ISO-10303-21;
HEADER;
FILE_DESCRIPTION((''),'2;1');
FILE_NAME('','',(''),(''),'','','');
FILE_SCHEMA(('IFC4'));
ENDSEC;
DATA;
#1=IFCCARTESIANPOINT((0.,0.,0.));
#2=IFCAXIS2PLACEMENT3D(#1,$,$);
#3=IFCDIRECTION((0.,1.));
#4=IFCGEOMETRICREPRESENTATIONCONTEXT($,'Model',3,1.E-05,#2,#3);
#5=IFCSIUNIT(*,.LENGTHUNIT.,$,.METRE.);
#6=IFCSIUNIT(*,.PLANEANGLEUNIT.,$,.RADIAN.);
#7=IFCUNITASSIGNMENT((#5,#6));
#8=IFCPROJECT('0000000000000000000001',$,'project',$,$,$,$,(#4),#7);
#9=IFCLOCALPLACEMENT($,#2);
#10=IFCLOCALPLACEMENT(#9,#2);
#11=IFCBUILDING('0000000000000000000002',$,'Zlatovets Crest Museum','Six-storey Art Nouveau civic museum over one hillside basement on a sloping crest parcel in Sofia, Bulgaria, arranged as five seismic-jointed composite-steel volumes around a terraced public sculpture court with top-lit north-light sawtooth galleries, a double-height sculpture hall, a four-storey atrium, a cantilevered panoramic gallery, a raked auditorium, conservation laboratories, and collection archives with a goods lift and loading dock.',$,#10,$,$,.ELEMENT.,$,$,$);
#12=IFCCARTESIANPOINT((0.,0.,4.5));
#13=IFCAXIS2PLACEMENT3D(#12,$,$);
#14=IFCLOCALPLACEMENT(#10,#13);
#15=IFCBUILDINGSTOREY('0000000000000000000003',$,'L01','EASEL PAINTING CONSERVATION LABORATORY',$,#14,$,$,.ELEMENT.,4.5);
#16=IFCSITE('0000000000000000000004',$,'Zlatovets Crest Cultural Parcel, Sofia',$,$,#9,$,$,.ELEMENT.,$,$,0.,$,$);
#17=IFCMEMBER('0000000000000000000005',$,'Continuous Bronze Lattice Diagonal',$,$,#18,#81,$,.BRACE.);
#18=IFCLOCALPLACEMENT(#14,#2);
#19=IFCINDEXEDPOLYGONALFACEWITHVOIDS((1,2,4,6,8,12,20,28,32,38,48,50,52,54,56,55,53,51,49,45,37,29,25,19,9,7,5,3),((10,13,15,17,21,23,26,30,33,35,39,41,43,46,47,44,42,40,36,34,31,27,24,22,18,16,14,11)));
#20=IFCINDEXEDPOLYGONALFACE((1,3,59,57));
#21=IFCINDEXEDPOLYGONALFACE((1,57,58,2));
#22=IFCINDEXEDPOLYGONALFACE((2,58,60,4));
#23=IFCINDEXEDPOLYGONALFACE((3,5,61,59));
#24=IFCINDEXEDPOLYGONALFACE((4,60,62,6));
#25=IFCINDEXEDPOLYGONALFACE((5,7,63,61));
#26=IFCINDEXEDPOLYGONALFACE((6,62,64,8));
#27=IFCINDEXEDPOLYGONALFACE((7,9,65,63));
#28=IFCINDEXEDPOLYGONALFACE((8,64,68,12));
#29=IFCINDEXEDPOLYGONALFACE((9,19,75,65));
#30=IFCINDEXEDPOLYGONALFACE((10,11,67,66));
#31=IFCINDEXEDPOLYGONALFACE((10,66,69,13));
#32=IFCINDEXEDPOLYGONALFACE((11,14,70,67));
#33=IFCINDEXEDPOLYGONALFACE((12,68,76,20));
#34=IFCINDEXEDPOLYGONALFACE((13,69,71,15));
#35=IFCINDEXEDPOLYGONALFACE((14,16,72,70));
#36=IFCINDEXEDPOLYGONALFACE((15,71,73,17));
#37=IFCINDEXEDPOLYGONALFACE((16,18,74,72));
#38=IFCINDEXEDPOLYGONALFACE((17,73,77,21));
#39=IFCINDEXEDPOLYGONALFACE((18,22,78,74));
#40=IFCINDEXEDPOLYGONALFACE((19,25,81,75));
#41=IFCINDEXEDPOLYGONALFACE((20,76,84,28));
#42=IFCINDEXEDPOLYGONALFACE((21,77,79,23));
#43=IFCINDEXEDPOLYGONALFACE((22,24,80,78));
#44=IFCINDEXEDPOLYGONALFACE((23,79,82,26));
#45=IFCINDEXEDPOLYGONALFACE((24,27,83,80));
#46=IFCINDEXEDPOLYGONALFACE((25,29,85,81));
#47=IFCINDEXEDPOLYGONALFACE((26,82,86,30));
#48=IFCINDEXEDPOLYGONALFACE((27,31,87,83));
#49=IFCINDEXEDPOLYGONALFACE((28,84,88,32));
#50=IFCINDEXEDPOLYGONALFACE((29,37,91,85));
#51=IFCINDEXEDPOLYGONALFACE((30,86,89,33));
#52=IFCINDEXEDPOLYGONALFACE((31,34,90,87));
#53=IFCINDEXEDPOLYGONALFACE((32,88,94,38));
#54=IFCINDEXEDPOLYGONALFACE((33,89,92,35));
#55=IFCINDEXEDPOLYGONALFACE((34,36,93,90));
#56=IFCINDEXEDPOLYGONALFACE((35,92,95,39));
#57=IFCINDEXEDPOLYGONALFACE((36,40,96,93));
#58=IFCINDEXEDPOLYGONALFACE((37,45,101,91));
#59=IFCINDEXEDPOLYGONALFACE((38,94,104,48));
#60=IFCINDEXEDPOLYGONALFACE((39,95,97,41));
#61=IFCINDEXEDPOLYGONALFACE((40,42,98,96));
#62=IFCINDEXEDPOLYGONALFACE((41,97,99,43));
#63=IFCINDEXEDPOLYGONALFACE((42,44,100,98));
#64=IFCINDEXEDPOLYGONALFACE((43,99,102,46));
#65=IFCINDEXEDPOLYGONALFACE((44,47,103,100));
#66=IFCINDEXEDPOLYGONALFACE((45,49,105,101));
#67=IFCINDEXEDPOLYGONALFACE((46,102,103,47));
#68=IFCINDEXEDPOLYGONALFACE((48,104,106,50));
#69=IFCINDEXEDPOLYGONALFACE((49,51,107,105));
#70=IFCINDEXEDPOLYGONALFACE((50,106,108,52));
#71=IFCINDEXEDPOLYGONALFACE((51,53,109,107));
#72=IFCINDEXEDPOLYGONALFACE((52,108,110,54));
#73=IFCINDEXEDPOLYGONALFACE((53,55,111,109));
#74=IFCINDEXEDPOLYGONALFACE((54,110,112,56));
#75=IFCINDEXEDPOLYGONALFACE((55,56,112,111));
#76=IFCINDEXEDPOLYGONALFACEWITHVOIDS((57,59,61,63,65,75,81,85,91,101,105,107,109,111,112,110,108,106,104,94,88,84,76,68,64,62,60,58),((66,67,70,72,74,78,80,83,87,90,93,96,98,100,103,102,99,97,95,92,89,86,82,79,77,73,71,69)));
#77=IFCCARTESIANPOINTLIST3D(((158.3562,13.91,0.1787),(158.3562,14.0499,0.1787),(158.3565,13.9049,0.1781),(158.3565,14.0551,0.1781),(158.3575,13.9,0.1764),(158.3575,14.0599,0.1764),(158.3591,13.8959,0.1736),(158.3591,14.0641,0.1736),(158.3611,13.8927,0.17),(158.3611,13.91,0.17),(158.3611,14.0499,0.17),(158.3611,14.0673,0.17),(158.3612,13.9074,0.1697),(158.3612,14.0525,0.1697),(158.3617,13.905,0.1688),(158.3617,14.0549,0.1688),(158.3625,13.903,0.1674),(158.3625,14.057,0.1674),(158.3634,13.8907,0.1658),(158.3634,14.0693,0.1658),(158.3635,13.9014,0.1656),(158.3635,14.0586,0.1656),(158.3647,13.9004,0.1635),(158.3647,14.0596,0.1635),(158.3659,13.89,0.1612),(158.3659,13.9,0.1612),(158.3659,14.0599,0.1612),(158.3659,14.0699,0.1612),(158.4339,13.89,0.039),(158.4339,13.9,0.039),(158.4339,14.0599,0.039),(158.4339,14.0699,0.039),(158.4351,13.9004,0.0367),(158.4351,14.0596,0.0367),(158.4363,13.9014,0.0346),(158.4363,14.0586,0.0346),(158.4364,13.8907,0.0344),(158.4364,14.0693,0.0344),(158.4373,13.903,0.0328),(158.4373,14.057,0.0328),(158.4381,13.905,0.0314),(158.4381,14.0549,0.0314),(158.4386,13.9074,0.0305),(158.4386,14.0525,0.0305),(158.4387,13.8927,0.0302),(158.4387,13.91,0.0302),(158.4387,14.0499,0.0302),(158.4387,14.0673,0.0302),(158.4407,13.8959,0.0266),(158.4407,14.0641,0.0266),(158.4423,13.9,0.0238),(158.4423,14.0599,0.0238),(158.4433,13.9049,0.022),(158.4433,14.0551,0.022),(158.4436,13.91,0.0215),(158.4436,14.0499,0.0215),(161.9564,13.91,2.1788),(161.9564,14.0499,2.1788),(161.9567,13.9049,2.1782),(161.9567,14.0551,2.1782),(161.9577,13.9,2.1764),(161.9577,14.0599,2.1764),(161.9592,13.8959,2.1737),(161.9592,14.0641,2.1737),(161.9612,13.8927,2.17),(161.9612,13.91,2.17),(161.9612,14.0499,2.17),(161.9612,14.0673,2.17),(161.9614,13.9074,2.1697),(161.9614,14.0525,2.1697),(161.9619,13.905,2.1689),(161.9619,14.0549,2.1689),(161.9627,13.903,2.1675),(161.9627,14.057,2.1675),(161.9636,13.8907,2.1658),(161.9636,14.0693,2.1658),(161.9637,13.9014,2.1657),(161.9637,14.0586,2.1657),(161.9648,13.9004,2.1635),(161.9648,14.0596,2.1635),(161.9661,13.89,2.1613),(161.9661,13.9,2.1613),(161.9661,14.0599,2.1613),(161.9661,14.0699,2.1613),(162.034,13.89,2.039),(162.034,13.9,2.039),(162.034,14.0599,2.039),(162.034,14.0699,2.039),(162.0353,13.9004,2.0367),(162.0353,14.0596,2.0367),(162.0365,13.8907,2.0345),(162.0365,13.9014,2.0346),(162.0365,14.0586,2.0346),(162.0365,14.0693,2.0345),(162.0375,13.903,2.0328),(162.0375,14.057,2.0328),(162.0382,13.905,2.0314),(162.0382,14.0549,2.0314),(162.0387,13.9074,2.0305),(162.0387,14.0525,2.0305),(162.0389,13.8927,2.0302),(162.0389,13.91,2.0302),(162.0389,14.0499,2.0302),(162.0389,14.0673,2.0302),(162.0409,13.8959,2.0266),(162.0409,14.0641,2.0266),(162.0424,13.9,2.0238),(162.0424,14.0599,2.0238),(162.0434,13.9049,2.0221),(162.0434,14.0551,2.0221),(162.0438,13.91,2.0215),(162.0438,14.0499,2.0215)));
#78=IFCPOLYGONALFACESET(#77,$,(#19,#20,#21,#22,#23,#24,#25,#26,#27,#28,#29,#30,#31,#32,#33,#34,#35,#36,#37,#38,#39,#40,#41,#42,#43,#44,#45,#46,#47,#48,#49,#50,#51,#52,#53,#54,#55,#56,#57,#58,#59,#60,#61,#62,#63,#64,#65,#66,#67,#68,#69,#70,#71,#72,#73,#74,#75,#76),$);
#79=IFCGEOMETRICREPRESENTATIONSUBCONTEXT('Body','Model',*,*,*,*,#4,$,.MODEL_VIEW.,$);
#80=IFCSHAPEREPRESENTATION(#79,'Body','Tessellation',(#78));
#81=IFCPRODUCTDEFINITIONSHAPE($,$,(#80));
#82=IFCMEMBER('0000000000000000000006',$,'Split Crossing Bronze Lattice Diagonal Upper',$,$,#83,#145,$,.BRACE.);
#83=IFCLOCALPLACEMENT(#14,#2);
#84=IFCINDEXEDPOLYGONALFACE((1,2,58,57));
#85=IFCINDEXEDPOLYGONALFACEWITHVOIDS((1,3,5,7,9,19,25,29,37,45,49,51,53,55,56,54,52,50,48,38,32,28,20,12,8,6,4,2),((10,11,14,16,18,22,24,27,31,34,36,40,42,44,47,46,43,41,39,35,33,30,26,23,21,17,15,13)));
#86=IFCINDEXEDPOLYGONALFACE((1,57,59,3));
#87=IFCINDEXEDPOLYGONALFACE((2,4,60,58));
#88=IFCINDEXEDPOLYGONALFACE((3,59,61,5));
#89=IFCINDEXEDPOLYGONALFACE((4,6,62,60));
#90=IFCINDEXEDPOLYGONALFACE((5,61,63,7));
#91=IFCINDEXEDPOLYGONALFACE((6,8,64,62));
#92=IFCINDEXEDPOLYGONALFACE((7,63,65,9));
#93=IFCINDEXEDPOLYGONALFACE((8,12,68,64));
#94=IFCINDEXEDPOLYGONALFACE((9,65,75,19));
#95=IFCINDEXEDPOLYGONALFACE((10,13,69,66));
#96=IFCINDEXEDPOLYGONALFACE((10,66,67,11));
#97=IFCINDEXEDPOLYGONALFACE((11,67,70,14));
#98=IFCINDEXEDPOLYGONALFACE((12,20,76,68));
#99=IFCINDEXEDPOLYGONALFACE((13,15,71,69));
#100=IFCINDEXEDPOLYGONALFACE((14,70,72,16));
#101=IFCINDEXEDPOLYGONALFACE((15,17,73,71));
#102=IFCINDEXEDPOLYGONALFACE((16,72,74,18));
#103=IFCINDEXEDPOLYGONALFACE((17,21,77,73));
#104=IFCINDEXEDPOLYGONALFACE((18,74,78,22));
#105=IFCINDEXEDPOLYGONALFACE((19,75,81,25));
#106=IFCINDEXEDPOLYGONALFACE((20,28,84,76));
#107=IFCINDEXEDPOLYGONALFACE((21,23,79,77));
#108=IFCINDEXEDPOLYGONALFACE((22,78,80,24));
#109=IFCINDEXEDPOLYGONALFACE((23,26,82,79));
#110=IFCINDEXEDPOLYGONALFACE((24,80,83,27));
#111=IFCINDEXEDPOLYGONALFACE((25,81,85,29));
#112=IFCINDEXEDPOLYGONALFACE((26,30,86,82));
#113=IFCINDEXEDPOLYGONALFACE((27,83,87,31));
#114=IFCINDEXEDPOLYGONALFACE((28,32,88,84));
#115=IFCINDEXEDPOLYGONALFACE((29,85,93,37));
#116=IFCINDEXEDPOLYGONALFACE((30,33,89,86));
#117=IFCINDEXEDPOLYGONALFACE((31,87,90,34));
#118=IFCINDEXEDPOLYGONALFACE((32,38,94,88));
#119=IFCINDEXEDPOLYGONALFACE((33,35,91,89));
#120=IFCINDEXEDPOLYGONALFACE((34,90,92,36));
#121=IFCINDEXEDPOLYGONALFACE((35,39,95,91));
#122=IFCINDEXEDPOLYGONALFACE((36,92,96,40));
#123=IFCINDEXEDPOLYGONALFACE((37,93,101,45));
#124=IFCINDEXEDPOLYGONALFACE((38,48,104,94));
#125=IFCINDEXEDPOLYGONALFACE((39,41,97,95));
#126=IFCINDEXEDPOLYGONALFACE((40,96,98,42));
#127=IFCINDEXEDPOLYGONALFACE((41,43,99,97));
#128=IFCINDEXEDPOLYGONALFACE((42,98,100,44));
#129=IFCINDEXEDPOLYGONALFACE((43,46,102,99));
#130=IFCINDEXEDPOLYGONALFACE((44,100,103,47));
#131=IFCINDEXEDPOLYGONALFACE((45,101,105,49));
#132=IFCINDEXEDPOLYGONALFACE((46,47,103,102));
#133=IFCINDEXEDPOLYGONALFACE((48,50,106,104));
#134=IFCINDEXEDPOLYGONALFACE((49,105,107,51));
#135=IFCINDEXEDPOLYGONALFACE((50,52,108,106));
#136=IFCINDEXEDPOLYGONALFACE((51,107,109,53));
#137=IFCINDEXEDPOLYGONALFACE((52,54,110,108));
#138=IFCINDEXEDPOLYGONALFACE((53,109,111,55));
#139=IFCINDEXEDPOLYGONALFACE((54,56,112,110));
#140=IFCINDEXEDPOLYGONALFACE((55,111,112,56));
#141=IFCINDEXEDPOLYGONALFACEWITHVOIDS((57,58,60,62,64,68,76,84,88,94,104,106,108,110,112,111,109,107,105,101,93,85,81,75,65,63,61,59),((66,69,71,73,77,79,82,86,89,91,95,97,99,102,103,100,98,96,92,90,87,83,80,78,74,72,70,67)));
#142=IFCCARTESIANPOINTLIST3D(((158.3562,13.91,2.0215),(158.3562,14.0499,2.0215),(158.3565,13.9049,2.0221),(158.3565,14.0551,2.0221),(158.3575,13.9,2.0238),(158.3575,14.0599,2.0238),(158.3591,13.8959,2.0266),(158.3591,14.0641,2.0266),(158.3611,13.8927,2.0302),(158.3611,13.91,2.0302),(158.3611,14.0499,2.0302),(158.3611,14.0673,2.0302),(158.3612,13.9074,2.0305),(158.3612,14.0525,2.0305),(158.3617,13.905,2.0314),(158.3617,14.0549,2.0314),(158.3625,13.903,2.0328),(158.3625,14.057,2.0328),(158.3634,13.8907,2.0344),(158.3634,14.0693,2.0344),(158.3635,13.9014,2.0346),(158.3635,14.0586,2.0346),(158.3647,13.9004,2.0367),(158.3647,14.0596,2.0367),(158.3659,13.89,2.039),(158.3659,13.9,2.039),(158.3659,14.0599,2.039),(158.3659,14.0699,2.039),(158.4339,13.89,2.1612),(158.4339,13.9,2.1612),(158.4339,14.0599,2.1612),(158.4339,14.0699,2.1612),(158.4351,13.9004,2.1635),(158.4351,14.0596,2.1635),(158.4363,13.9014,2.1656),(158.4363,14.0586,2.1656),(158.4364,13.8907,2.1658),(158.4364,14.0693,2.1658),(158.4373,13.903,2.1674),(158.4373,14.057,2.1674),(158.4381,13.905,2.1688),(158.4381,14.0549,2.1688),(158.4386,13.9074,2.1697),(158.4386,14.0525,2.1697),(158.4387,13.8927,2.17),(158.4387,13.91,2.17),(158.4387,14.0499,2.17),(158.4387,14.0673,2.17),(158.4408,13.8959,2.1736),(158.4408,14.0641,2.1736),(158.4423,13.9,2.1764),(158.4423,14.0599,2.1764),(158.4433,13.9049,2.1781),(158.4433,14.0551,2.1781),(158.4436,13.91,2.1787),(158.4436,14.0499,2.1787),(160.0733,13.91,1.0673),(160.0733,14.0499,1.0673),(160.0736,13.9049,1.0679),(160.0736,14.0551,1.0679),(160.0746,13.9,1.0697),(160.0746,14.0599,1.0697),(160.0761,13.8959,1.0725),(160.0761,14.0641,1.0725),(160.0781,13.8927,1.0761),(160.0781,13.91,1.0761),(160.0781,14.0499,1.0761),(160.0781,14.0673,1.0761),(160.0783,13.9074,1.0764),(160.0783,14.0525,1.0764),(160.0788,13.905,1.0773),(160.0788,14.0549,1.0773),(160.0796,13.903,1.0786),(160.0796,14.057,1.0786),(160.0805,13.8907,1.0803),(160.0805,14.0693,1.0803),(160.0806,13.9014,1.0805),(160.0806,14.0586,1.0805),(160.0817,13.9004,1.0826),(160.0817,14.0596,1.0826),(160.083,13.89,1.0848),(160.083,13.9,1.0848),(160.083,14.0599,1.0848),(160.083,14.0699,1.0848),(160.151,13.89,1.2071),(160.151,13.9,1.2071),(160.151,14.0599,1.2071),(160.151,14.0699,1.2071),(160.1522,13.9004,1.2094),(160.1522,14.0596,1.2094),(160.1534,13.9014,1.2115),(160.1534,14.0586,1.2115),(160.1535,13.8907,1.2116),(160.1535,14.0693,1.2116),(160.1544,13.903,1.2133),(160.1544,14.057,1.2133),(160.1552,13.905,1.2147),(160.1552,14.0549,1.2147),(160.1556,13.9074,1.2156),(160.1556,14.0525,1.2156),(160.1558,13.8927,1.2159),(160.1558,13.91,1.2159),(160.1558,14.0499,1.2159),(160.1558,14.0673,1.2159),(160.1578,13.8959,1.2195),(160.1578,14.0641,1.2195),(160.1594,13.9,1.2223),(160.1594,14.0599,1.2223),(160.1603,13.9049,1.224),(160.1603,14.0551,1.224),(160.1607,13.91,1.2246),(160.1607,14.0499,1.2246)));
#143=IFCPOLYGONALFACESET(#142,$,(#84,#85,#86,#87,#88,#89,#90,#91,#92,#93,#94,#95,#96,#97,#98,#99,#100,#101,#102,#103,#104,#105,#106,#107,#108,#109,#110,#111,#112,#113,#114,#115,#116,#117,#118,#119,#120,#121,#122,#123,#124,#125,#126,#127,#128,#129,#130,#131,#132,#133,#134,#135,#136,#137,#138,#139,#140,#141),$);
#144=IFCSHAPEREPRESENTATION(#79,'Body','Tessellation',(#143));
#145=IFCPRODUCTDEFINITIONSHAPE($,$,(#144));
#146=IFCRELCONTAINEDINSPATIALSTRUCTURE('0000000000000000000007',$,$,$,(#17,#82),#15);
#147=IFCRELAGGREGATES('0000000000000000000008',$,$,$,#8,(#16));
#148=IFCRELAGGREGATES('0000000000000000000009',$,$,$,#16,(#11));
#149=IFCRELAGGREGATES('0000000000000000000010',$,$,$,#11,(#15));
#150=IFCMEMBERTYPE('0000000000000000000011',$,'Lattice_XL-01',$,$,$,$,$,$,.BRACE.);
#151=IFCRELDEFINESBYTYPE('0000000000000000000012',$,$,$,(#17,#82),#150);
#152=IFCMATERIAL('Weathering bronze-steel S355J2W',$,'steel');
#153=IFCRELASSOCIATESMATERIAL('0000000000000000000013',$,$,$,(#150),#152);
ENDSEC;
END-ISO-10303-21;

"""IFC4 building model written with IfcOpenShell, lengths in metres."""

from ifc_helpers import new_model, si_unit, direction, frame, origin, origin_2d, place, context, subcontext, project, spatial, hollow_rectangle, extrude, material, material_profile, profile_set, type_object, element, save


model = new_model("IFC4")

# Units and contexts
model_context = context("Model", 3, precision=1e-05, world=origin(), true_north=direction((0.0, 1.0)))
body_context = subcontext(model_context, "Body", "Model", "MODEL_VIEW")
ifc_project = project(units=[si_unit("LENGTHUNIT", "METRE"), si_unit("PLANEANGLEUNIT", "RADIAN")], contexts=[model_context])

# Site, building, storey
site_placement = place(None, origin())
site = spatial("IfcSite", under=ifc_project, at=site_placement, Name="Zlatovets Crest Cultural Parcel, Sofia", CompositionType="ELEMENT", RefElevation=0.0)
building_placement = place(site_placement, origin())
building = spatial("IfcBuilding", under=site, at=building_placement, Name="Zlatovets Crest Museum", Description="Six-storey Art Nouveau civic museum over one hillside basement on a sloping crest parcel in Sofia, Bulgaria, arranged as five seismic-jointed composite-steel volumes around a terraced public sculpture court with top-lit north-light sawtooth galleries, a double-height sculpture hall, a four-storey atrium, a cantilevered panoramic gallery, a raked auditorium, conservation laboratories, and collection archives with a goods lift and loading dock.", CompositionType="ELEMENT")
storey_placement = place(building_placement, frame((0.0, 0.0, 4.5)))
storey = spatial("IfcBuildingStorey", under=building, at=storey_placement, Name="L01", Description="EASEL PAINTING CONSERVATION LABORATORY", CompositionType="ELEMENT", Elevation=4.5)

# Members
ifc_material_1 = material(Name="Weathering bronze-steel S355J2W", Category="steel")
ifc_material_profile_1 = material_profile(ifc_material_1, hollow_rectangle(XDim=0.1799, YDim=0.1799, WallThickness=0.01, InnerFilletRadius=0.01, OuterFilletRadius=0.02, at=origin_2d()), Name="SHS 180x180x10.0")
ifc_profile_set_1 = profile_set([ifc_material_profile_1], Name="Weathering bronze-steel S355J2W")
member_type_1 = type_object("IfcMemberType", Name="Lattice_XL-01", PredefinedType="BRACE", material=ifc_profile_set_1)
member_1_placement = place(storey_placement, frame((158.3999, 13.98, 0.1001), z_axis=(0.874163, 0.0, 0.485633), x_axis=(0.0, 1.0, 0.0)))
element("IfcMember", 1, at=member_1_placement, inside=storey, type_object=member_type_1, Name="Continuous Bronze Lattice Diagonal", PredefinedType="BRACE", context=body_context, shape_type="SweptSolid", body=[
    extrude(hollow_rectangle(XDim=0.1799, YDim=0.1799, WallThickness=0.01, InnerFilletRadius=0.01, OuterFilletRadius=0.02, at=origin_2d()), origin(), (0.0, 0.0, 1.0), 4.1184),
])
member_2_placement = place(storey_placement, frame((158.3999, 13.98, 2.1001), z_axis=(0.874116, 0.0, -0.485717), x_axis=(0.0, 1.0, 0.0)))
element("IfcMember", 2, at=member_2_placement, inside=storey, type_object=member_type_1, Name="Split Crossing Bronze Lattice Diagonal Upper", PredefinedType="BRACE", context=body_context, shape_type="SweptSolid", body=[
    extrude(hollow_rectangle(XDim=0.1799, YDim=0.1799, WallThickness=0.01, InnerFilletRadius=0.01, OuterFilletRadius=0.02, at=origin_2d()), origin(), (0.0, 0.0, 1.0), 1.9644),
])

save(model, "model.ifc")
